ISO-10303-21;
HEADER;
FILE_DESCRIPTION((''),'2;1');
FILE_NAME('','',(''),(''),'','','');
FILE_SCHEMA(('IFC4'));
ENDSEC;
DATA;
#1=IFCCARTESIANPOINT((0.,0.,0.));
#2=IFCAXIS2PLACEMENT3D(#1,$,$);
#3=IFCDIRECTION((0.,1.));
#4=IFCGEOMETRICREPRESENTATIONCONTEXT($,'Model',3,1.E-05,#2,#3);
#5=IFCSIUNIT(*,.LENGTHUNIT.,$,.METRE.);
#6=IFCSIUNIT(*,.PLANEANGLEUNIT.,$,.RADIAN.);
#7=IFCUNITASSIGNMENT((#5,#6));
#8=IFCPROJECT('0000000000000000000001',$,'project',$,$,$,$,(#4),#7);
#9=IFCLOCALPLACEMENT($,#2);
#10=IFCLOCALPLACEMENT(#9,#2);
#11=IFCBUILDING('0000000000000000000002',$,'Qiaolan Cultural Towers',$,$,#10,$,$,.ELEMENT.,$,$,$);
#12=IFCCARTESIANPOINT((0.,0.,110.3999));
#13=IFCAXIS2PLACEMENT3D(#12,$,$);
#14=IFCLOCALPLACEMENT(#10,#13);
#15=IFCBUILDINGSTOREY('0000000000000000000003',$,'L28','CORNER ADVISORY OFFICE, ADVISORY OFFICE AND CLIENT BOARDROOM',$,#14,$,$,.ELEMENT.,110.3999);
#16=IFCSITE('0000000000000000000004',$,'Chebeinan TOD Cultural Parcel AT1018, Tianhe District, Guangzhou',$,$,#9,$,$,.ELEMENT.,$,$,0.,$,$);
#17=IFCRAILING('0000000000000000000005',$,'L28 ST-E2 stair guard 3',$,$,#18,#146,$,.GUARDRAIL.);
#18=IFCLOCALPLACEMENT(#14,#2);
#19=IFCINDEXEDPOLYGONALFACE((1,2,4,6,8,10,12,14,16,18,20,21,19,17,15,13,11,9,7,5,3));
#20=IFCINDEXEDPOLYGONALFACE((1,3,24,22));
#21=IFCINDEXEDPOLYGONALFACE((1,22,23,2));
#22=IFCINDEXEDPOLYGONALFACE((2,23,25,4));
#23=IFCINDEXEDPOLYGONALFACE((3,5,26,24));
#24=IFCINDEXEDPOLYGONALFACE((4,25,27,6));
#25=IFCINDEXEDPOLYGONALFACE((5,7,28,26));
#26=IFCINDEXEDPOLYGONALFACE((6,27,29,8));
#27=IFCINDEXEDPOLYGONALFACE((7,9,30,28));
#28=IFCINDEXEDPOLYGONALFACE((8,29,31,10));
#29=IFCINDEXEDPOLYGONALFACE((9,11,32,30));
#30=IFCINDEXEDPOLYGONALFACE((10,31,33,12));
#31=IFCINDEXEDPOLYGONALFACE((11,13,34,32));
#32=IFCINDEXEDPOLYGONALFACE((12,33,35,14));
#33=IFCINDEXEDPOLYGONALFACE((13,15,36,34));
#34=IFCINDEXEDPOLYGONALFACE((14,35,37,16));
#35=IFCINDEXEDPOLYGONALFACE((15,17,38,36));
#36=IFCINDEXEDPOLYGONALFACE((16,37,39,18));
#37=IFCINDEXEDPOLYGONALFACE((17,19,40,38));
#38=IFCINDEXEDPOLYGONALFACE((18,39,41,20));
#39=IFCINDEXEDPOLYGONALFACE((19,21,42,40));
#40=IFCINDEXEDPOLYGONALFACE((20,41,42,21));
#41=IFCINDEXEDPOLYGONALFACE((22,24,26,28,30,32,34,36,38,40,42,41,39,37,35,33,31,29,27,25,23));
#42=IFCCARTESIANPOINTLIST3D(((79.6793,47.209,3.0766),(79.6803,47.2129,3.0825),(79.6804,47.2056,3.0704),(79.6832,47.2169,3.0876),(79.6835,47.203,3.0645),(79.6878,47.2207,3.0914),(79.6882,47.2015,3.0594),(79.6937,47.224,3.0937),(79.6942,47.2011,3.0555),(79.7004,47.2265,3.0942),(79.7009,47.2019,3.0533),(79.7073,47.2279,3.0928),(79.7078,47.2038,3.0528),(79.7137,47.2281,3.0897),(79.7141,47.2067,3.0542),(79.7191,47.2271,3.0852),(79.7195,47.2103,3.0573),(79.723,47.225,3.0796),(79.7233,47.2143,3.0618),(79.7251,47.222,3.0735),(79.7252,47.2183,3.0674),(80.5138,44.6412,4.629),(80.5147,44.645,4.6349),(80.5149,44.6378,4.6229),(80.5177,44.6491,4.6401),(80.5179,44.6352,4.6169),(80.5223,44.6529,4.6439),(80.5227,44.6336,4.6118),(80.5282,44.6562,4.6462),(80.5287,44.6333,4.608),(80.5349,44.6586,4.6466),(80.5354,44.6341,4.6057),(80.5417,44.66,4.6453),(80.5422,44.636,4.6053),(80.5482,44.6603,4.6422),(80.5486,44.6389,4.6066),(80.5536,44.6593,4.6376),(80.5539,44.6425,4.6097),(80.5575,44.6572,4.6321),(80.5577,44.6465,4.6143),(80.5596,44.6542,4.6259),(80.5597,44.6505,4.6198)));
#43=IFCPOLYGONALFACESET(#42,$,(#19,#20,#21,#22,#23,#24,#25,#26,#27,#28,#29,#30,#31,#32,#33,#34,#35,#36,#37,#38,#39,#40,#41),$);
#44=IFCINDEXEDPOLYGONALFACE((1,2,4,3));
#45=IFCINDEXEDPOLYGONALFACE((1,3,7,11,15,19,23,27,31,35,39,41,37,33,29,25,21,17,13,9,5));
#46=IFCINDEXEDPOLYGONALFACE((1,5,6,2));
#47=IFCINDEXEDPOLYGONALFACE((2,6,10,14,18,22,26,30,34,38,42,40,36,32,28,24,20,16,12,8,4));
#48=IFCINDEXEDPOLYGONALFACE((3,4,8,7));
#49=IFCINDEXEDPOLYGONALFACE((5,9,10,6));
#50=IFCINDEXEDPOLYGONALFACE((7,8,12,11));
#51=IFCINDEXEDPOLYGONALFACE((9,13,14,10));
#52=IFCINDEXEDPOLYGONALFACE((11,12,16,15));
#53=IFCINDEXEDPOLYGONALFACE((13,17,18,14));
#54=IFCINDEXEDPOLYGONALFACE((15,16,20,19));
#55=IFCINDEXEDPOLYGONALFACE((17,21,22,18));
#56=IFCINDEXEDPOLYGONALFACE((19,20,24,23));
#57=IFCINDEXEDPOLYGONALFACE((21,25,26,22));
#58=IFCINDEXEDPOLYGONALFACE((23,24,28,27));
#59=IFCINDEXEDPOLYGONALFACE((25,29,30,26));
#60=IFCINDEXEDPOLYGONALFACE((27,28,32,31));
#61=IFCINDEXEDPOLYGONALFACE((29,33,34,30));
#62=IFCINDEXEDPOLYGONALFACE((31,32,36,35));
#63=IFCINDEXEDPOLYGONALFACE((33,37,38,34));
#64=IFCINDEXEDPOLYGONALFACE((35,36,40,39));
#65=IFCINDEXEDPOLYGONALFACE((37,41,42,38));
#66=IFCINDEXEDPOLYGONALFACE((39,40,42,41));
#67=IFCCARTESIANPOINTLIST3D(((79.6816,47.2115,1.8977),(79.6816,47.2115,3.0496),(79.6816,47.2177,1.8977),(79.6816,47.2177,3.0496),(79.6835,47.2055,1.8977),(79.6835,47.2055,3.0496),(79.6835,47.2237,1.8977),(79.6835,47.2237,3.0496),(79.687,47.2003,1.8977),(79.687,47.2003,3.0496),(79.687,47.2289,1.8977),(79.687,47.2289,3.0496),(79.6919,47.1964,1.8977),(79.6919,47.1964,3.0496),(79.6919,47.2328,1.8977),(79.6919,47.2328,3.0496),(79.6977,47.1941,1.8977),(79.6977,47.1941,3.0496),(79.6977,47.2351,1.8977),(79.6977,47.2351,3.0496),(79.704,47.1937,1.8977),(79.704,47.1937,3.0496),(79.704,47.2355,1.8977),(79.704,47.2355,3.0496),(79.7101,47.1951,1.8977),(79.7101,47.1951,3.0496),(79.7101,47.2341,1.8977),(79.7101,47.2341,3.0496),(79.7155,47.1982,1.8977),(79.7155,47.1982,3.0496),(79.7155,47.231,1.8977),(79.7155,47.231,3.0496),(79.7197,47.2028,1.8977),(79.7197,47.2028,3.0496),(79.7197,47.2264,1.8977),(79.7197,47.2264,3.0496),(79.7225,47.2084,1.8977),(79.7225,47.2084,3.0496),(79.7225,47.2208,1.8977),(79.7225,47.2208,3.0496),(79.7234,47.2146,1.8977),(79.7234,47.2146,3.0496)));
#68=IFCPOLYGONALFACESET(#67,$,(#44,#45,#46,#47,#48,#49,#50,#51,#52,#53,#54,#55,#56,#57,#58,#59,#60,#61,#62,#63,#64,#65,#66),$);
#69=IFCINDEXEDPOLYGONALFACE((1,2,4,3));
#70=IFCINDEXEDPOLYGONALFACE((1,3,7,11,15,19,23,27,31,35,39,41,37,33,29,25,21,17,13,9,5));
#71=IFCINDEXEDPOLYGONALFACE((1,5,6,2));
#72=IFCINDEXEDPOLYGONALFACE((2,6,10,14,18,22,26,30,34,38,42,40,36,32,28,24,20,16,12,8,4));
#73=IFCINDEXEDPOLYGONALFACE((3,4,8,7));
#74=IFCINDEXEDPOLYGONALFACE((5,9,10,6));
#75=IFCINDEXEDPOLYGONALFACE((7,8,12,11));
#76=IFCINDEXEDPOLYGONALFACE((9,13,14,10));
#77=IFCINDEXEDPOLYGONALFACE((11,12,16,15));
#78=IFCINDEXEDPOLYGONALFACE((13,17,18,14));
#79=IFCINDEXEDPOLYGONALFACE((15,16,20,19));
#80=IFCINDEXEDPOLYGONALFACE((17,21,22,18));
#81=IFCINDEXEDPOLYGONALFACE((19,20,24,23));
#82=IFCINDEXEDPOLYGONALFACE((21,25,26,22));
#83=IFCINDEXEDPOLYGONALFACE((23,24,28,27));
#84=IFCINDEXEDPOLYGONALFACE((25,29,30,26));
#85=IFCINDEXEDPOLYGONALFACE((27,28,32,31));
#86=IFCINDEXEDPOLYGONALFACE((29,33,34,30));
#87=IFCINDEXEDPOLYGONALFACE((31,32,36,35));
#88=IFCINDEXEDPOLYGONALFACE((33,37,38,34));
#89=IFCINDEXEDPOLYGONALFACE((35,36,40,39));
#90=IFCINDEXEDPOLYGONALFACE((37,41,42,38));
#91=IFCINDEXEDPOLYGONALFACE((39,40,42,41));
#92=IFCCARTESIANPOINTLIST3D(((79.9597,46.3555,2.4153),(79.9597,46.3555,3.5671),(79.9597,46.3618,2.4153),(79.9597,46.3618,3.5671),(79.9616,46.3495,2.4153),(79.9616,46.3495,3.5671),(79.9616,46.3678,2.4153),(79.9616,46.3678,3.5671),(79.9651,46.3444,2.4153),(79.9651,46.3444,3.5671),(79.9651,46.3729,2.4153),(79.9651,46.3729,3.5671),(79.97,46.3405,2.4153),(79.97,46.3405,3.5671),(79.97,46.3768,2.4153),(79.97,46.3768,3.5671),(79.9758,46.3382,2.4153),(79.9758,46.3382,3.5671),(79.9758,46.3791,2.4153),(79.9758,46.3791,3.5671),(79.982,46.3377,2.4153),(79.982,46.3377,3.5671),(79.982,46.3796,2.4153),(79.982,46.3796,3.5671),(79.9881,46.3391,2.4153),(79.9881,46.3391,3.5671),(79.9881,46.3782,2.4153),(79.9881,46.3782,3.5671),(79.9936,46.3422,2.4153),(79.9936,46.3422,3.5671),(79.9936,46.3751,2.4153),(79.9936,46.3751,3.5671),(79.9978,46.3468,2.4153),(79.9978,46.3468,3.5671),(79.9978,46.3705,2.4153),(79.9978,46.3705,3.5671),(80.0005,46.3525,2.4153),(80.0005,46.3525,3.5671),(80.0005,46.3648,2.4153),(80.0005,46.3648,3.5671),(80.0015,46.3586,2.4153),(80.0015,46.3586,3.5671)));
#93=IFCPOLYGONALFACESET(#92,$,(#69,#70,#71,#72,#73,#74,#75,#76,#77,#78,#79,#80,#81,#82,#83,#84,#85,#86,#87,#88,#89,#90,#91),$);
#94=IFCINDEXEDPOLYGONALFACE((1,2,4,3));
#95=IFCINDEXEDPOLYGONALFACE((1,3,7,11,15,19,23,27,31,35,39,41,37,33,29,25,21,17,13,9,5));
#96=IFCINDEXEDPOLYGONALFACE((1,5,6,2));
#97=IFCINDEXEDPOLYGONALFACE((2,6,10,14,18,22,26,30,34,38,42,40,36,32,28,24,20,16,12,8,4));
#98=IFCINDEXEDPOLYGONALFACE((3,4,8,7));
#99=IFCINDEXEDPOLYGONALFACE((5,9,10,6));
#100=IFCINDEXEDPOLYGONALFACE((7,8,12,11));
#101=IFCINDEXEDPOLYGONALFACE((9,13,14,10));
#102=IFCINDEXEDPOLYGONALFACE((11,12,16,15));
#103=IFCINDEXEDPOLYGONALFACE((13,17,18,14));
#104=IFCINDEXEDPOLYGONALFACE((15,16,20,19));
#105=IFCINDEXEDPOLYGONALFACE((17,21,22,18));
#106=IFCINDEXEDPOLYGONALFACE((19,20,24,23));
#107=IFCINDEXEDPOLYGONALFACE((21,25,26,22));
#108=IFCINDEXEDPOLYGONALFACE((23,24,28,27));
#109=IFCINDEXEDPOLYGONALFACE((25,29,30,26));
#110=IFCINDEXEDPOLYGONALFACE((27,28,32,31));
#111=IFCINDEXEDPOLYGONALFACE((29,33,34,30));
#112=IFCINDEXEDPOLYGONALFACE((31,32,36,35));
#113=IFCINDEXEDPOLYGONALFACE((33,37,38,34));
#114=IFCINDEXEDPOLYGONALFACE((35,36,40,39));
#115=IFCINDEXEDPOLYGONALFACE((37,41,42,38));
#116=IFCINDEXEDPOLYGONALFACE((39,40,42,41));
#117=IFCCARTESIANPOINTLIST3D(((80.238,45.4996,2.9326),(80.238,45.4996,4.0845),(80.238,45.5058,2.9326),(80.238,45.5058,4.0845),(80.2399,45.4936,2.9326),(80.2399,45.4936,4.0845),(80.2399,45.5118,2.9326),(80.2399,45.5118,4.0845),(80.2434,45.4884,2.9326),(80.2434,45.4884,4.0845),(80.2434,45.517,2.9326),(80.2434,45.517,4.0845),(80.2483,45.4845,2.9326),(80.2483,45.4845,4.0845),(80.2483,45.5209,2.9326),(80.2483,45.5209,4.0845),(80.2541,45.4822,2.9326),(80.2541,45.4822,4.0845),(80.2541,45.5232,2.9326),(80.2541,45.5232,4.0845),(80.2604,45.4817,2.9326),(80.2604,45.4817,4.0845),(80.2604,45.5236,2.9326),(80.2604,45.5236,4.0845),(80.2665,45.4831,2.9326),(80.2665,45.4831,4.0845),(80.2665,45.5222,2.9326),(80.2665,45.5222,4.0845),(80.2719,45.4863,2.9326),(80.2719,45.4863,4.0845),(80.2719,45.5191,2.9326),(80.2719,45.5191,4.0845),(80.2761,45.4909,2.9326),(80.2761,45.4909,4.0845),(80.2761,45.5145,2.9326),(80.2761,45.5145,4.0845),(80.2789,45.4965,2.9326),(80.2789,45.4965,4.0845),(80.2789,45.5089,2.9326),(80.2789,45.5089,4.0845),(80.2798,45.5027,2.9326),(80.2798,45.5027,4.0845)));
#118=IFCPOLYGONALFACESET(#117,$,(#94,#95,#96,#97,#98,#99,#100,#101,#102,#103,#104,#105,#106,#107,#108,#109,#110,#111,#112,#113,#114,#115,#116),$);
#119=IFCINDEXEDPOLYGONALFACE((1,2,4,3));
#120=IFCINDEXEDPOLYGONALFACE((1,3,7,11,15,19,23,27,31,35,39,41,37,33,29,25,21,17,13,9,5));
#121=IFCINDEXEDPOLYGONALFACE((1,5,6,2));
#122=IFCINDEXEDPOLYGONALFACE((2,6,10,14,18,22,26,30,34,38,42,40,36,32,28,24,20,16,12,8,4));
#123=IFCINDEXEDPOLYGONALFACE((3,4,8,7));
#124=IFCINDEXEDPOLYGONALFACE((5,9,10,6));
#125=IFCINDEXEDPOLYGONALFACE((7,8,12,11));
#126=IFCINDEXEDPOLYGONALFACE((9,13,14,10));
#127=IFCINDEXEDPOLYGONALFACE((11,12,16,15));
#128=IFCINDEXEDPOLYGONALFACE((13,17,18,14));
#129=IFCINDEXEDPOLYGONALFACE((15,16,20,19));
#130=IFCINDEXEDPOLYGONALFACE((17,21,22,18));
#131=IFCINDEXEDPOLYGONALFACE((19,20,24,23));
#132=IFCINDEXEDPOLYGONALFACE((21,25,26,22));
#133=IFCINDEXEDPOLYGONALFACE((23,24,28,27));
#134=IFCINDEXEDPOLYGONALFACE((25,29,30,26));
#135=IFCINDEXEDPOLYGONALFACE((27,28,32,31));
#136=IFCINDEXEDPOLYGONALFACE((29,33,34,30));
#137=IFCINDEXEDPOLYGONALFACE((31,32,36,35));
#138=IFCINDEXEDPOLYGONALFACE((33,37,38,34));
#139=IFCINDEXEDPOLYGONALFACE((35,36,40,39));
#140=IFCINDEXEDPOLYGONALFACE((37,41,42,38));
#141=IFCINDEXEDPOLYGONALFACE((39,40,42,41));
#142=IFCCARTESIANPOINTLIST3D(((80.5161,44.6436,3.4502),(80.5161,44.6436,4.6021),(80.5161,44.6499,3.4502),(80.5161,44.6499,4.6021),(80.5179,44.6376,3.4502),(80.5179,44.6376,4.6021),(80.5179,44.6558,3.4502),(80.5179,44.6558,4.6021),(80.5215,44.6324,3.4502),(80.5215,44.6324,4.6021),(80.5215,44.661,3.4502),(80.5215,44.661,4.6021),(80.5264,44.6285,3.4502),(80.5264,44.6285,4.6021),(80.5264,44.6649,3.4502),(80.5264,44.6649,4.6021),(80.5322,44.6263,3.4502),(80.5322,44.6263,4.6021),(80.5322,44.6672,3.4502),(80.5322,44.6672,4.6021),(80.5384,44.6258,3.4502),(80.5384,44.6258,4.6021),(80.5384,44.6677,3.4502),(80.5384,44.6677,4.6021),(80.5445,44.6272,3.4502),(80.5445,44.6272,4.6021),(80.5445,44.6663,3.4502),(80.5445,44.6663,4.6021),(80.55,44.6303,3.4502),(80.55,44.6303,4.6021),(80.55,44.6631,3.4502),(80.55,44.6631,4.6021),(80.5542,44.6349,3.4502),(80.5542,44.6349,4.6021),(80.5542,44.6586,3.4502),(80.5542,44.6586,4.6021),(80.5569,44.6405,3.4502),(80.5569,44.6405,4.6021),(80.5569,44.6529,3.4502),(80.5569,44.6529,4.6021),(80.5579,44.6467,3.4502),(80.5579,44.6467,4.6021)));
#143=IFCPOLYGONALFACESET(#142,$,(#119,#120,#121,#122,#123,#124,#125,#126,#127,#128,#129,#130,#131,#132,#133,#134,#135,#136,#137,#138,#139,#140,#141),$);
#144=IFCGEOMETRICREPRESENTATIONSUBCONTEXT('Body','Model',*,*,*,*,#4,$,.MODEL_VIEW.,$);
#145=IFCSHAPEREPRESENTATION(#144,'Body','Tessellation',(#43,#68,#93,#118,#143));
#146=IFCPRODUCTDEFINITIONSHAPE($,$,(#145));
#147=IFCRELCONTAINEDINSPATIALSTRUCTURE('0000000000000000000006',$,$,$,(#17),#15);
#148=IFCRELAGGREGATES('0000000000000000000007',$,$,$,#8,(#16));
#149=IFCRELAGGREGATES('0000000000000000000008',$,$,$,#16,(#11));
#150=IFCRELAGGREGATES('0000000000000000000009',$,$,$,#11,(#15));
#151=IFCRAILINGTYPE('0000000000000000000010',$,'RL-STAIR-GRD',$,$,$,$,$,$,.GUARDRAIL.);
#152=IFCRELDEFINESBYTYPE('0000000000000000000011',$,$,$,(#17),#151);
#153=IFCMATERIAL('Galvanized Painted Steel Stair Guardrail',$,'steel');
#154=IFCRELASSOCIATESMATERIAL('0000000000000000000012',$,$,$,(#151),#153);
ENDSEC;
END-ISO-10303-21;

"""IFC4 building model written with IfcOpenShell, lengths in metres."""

from ifc_helpers import new_model, si_unit, direction, frame, origin, origin_2d, place, context, subcontext, project, spatial, circle, extrude, material, type_object, element, save


model = new_model("IFC4")

# Units and contexts
model_context = context("Model", 3, precision=1e-05, world=origin(), true_north=direction((0.0, 1.0)))
body_context = subcontext(model_context, "Body", "Model", "MODEL_VIEW")
ifc_project = project(units=[si_unit("LENGTHUNIT", "METRE"), si_unit("PLANEANGLEUNIT", "RADIAN")], contexts=[model_context])

# Site, building, storey
site_placement = place(None, origin())
site = spatial("IfcSite", under=ifc_project, at=site_placement, Name="Chebeinan TOD Cultural Parcel AT1018, Tianhe District, Guangzhou", CompositionType="ELEMENT", RefElevation=0.0)
building_placement = place(site_placement, origin())
building = spatial("IfcBuilding", under=site, at=building_placement, Name="Qiaolan Cultural Towers", CompositionType="ELEMENT")
storey_placement = place(building_placement, frame((0.0, 0.0, 110.3999)))
storey = spatial("IfcBuildingStorey", under=building, at=storey_placement, Name="L28", Description="CORNER ADVISORY OFFICE, ADVISORY OFFICE AND CLIENT BOARDROOM", CompositionType="ELEMENT", Elevation=110.3999)

# Railing
ifc_material_1 = material(Name="Galvanized Painted Steel Stair Guardrail", Category="steel")
railing_type_1 = type_object("IfcRailingType", Name="RL-STAIR-GRD", PredefinedType="GUARDRAIL", material=ifc_material_1)
railing_1_placement = place(storey_placement, frame((79.7024, 47.2146, 1.8977)))
element("IfcRailing", 1, at=railing_1_placement, inside=storey, type_object=railing_type_1, Name="L28 ST-E2 stair guard 3", PredefinedType="GUARDRAIL", context=body_context, shape_type="SweptSolid", body=[
    extrude(circle(Radius=0.0239, at=origin_2d()), frame((0.0, 0.0, 1.1758), z_axis=(0.267926, -0.824471, 0.498461), x_axis=(0.951043, 0.309057, 0.0)), (0.0, 0.0, 1.0), 3.1145),
    extrude(circle(Radius=0.021, at=origin_2d()), origin(), (0.0, 0.0, 1.0), 1.1519),
    extrude(circle(Radius=0.021, at=origin_2d()), frame((0.2781, -0.856, 0.5176)), (0.0, 0.0, 1.0), 1.1519),
    extrude(circle(Radius=0.021, at=origin_2d()), frame((0.5564, -1.7119, 1.0349)), (0.0, 0.0, 1.0), 1.1519),
    extrude(circle(Radius=0.021, at=origin_2d()), frame((0.8345, -2.5679, 1.5525)), (0.0, 0.0, 1.0), 1.1519),
])

save(model, "model.ifc")
